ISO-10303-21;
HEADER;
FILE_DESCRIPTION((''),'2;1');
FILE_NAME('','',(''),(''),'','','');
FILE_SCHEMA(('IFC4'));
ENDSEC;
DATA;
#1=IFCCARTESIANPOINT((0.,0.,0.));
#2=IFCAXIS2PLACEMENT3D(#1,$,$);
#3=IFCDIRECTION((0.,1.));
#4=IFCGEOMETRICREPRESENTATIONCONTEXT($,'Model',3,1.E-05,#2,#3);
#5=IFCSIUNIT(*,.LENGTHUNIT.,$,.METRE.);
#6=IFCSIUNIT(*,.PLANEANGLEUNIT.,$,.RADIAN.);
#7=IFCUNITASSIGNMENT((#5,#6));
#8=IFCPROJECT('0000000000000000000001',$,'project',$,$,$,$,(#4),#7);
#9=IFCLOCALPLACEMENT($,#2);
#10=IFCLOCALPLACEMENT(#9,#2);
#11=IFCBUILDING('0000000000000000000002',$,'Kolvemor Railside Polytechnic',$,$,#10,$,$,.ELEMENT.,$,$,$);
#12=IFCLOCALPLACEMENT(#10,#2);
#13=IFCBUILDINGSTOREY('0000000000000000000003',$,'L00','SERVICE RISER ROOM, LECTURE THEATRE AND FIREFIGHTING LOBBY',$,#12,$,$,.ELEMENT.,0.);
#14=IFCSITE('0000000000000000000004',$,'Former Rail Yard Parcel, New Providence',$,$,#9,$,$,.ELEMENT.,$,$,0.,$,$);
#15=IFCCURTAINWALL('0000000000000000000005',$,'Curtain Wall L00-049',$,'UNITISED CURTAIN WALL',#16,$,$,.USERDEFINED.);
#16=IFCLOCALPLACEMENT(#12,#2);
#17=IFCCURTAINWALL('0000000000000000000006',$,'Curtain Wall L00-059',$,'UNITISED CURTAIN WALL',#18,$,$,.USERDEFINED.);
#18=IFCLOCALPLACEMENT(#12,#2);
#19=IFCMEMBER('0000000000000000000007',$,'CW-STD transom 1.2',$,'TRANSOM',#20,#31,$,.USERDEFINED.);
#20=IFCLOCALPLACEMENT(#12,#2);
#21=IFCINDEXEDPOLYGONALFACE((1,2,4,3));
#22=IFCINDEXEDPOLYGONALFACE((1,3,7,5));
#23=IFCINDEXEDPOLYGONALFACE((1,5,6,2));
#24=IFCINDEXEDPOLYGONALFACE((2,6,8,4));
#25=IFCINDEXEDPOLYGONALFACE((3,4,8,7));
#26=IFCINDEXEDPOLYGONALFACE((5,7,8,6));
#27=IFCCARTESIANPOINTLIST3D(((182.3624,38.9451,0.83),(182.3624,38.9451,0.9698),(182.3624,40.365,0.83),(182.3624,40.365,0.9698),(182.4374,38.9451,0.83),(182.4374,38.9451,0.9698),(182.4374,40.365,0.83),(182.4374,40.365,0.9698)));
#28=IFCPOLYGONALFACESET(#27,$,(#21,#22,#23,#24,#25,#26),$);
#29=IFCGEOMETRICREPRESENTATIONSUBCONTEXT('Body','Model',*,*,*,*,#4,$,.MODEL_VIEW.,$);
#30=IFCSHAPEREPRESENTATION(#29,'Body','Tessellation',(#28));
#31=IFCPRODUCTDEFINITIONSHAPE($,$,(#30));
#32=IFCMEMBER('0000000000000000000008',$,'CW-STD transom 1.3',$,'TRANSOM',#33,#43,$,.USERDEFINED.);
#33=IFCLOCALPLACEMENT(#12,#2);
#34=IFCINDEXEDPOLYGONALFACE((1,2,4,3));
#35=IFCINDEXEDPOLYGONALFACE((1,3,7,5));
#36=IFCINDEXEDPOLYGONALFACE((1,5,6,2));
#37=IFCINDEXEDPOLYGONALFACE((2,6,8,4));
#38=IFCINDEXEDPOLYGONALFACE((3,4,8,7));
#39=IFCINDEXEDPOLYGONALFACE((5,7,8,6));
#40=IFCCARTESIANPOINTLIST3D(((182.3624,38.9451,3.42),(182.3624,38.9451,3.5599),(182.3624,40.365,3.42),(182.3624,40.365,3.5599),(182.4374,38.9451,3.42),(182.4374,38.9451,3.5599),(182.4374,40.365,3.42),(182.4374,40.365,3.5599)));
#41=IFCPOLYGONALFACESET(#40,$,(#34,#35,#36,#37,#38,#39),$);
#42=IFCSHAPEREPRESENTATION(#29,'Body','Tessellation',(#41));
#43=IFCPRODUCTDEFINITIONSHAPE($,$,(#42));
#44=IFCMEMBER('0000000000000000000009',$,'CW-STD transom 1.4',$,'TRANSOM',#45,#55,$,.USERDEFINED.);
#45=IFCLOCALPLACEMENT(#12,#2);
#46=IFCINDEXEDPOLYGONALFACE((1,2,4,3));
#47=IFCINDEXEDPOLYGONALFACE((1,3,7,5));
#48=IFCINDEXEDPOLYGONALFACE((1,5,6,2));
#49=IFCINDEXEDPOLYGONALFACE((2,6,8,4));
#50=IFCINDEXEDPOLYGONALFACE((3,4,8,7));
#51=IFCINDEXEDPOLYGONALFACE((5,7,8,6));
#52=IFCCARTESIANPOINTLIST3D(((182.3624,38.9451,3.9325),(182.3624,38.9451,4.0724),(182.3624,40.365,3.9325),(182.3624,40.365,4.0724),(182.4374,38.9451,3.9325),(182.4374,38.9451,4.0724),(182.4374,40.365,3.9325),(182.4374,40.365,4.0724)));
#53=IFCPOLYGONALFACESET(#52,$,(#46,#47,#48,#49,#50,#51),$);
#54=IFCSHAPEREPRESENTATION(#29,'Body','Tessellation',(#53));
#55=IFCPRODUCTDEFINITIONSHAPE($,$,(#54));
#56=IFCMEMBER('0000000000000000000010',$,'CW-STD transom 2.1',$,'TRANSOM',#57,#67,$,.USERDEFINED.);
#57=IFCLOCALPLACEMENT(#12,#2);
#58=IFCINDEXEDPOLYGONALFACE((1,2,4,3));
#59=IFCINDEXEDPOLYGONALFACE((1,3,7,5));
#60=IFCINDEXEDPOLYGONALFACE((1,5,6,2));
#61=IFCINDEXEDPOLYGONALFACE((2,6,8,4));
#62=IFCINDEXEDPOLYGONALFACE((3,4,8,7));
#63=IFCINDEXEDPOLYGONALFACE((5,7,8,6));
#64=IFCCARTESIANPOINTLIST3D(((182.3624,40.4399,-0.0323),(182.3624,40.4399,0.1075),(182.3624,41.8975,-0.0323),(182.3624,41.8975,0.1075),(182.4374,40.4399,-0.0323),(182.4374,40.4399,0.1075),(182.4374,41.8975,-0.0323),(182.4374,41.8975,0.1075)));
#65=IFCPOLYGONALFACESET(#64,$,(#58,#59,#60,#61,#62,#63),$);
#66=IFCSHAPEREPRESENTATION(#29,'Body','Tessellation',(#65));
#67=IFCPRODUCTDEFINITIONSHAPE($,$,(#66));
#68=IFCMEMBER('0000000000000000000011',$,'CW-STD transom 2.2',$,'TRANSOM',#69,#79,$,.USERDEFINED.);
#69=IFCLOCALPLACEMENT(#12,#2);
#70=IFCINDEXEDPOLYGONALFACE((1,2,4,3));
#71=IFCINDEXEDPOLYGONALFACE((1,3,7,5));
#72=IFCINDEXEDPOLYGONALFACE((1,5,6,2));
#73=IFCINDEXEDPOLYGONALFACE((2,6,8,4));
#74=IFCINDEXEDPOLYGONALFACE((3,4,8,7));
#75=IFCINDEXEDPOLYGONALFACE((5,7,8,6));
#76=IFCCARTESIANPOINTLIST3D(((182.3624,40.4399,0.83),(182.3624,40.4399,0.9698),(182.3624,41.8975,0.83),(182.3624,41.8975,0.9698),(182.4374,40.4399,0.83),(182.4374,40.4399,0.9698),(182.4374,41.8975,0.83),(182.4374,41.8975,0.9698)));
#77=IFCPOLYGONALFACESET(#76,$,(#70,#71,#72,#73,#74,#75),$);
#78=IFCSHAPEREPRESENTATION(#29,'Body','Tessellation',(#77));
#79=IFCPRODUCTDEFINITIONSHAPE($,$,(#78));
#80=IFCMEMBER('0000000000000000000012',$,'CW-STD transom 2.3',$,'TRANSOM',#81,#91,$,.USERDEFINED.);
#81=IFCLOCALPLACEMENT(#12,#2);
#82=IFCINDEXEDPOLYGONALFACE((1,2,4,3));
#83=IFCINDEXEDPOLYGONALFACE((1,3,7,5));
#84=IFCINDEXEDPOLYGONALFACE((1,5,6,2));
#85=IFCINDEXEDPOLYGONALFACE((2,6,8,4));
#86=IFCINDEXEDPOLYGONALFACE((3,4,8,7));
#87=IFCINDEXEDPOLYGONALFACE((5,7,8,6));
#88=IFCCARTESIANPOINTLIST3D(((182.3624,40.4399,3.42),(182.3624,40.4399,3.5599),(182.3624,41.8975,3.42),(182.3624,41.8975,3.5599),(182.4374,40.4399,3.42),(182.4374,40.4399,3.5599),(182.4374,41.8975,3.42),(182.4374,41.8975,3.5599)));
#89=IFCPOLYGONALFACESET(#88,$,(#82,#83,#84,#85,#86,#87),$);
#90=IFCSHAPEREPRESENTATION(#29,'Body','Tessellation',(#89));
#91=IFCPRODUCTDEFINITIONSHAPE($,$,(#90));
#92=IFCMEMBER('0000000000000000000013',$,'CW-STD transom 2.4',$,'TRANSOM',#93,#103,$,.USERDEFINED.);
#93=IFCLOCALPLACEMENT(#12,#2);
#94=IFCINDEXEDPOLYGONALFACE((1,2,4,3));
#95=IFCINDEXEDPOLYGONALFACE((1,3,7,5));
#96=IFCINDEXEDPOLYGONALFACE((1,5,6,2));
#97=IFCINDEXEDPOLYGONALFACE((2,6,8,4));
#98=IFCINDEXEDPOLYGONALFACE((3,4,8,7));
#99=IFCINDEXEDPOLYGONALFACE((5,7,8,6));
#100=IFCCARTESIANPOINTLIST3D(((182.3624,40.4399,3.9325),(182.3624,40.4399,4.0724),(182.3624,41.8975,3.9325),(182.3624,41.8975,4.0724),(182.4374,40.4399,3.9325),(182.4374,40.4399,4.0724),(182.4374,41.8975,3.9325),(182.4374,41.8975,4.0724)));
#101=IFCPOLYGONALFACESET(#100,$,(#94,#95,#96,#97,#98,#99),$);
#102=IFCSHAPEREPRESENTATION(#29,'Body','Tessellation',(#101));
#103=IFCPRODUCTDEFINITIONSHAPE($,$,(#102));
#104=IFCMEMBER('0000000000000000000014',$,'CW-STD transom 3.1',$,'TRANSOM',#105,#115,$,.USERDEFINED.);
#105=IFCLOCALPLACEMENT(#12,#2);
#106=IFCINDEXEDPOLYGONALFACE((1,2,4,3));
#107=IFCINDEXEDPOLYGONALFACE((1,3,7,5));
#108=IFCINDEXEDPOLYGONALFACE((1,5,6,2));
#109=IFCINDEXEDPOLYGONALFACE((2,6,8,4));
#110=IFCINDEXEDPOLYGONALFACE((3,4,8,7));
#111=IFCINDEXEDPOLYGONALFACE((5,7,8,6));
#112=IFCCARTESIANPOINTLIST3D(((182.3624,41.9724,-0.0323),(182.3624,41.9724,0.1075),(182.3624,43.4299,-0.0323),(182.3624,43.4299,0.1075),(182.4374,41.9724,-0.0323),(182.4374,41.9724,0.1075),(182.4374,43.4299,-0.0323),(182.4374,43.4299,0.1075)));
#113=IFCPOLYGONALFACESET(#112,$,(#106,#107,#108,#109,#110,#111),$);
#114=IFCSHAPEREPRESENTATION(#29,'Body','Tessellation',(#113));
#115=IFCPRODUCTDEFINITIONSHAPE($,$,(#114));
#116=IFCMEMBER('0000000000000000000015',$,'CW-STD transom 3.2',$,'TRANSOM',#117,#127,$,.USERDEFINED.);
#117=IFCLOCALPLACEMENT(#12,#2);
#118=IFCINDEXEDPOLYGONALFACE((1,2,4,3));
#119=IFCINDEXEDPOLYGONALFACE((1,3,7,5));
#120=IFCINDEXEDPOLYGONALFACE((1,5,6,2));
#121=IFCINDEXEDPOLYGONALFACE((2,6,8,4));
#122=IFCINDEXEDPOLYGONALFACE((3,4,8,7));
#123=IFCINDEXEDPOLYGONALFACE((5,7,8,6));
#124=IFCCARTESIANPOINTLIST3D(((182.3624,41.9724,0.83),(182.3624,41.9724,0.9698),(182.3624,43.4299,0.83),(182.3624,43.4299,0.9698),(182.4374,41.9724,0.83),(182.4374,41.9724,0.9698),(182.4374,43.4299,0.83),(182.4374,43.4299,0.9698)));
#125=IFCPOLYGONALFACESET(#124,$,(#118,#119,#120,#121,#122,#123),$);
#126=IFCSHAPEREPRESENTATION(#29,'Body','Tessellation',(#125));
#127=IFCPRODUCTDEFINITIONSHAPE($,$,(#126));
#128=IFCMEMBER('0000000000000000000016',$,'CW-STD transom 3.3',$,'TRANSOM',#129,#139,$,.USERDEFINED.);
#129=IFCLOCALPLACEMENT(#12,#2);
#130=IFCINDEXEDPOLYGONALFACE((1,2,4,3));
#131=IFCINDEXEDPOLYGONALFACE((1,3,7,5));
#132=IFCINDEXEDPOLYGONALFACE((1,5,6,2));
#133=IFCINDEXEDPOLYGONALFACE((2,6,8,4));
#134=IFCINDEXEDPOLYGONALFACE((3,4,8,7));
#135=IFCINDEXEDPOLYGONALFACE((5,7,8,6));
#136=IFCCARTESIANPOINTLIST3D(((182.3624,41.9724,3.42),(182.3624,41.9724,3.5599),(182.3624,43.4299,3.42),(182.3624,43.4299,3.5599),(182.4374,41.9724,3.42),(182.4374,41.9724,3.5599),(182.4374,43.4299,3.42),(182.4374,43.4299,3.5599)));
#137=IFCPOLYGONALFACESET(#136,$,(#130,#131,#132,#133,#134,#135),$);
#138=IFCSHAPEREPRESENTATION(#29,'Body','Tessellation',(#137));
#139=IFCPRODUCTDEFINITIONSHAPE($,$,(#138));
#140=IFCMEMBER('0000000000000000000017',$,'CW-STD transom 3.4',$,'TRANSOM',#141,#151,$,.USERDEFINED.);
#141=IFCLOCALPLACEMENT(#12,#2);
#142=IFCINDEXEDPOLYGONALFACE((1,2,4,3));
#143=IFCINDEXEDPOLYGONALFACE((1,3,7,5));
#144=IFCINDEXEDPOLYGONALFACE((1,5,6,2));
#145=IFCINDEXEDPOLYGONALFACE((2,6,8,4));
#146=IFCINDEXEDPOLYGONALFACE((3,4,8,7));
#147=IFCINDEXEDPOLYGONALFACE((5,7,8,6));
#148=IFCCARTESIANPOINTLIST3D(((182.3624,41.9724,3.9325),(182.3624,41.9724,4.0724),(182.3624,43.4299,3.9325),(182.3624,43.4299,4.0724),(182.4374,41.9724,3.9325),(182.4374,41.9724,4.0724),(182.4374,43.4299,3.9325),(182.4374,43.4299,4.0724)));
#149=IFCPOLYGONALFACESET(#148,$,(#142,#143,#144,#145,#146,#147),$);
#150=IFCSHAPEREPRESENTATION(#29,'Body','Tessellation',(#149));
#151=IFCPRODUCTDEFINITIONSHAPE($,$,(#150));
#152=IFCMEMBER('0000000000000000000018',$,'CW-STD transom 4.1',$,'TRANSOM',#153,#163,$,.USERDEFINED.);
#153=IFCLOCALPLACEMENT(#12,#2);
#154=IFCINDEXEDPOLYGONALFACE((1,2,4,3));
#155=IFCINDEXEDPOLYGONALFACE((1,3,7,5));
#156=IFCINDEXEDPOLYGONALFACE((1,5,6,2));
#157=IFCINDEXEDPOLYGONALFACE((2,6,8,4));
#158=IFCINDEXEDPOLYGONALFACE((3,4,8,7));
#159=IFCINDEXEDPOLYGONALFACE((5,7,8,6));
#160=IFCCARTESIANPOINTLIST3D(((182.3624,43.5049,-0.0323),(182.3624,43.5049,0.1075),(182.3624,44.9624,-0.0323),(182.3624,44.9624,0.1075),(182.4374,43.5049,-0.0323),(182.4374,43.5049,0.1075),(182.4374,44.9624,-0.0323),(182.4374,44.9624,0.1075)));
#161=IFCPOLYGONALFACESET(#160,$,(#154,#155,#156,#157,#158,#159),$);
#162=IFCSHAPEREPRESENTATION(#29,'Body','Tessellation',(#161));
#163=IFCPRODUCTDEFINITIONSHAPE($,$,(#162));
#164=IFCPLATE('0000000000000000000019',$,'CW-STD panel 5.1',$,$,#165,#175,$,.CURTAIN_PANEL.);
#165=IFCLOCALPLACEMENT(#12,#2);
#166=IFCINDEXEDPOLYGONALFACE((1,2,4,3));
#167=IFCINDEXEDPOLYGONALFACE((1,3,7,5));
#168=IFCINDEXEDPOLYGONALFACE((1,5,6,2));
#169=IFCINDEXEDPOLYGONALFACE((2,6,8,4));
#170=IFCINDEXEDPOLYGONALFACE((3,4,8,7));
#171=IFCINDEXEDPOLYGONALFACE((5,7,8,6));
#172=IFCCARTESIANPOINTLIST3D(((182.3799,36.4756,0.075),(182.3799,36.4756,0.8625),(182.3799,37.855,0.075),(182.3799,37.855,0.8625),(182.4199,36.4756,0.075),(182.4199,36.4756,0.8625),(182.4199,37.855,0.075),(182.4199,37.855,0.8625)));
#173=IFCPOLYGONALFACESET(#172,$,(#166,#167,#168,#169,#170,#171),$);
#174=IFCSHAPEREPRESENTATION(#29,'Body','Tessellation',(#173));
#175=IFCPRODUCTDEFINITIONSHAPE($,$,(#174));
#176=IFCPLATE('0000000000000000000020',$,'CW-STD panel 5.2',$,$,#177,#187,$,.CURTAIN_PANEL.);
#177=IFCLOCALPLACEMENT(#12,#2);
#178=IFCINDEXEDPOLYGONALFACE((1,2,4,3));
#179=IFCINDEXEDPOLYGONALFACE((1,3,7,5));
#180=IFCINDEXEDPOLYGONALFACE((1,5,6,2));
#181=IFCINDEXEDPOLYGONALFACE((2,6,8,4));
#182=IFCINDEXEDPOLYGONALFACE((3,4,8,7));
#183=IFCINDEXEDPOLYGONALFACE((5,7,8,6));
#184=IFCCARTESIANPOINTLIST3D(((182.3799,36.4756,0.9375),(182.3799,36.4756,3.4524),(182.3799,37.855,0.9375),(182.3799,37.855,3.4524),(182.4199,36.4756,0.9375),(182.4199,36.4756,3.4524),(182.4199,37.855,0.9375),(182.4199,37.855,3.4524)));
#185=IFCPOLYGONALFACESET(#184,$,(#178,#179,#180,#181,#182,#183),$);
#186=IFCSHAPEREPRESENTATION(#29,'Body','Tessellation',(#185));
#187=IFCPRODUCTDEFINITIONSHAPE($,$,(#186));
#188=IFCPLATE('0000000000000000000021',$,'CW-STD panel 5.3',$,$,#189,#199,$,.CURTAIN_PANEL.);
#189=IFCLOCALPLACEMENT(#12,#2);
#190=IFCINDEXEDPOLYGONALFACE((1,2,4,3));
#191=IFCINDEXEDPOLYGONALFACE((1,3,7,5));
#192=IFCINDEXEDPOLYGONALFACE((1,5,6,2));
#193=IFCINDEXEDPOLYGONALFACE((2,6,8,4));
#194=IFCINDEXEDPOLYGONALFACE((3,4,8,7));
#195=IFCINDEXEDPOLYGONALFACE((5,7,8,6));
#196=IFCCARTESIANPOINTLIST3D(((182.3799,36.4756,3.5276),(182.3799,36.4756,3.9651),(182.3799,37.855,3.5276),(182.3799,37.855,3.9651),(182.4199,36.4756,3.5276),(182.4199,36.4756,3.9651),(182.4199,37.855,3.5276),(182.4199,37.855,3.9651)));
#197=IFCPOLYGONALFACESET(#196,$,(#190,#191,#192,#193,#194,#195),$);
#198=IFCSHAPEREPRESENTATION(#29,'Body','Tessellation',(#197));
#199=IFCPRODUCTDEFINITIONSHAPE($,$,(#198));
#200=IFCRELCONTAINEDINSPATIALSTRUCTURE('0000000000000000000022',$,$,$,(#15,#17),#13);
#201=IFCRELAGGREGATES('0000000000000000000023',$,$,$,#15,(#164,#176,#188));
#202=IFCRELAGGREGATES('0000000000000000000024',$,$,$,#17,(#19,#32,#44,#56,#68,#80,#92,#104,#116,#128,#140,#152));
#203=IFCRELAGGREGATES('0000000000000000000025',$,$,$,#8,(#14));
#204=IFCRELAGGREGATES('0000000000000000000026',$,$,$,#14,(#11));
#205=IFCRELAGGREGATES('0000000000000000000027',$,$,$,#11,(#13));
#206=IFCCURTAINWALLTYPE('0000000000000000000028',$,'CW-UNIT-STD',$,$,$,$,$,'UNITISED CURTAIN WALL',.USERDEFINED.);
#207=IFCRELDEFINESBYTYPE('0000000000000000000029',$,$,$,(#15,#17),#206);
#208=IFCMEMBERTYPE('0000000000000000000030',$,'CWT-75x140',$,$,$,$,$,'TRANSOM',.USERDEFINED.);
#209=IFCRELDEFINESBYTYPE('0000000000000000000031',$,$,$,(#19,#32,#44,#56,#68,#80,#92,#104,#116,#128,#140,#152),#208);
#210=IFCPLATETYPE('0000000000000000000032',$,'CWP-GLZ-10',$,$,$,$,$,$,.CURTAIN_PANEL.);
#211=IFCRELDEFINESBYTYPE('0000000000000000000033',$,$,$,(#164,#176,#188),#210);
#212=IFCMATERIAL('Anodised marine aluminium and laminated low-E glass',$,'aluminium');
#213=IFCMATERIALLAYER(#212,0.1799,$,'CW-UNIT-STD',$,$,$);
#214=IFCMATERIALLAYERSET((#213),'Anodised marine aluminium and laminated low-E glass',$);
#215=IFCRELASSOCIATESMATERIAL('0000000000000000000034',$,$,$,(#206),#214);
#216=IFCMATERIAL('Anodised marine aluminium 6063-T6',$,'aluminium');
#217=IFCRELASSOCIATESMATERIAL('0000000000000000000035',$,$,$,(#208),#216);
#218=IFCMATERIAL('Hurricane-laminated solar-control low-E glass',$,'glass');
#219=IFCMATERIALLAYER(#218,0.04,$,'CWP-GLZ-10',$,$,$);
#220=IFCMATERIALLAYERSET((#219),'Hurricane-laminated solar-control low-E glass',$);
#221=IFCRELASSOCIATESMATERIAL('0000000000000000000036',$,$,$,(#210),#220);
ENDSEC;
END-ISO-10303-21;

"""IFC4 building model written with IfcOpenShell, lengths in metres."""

from ifc_helpers import new_model, si_unit, direction, frame, origin, origin_2d, place, context, subcontext, project, spatial, rectangle, extrude, material, layer, layer_set, material_profile, profile_set, type_object, element, aggregate, save


model = new_model("IFC4")

# Units and contexts
model_context = context("Model", 3, precision=1e-05, world=origin(), true_north=direction((0.0, 1.0)))
body_context = subcontext(model_context, "Body", "Model", "MODEL_VIEW")
ifc_project = project(units=[si_unit("LENGTHUNIT", "METRE"), si_unit("PLANEANGLEUNIT", "RADIAN")], contexts=[model_context])

# Site, building, storey
site_placement = place(None, origin())
site = spatial("IfcSite", under=ifc_project, at=site_placement, Name="Former Rail Yard Parcel, New Providence", CompositionType="ELEMENT", RefElevation=0.0)
building_placement = place(site_placement, origin())
building = spatial("IfcBuilding", under=site, at=building_placement, Name="Kolvemor Railside Polytechnic", CompositionType="ELEMENT")
storey_placement = place(building_placement, origin())
storey = spatial("IfcBuildingStorey", under=building, at=storey_placement, Name="L00", Description="SERVICE RISER ROOM, LECTURE THEATRE AND FIREFIGHTING LOBBY", CompositionType="ELEMENT", Elevation=0.0)

# Curtain wall
ifc_material_1 = material(Name="Anodised marine aluminium and laminated low-E glass", Category="aluminium")
ifc_layer_1 = layer(ifc_material_1, 0.1799, Name="CW-UNIT-STD")
ifc_layer_set_1 = layer_set([ifc_layer_1], Name="Anodised marine aluminium and laminated low-E glass")
curtain_wall_type = type_object("IfcCurtainWallType", Name="CW-UNIT-STD", ElementType="UNITISED CURTAIN WALL", PredefinedType="USERDEFINED", material=ifc_layer_set_1)
curtain_wall_1_placement = place(storey_placement, origin())
curtain_wall_1 = element("IfcCurtainWall", 1, at=curtain_wall_1_placement, inside=storey, type_object=curtain_wall_type, Name="Curtain Wall L00-049", ObjectType="UNITISED CURTAIN WALL", PredefinedType="USERDEFINED")

# Curtain wall, members
curtain_wall_2_placement = place(storey_placement, origin())
curtain_wall_2 = element("IfcCurtainWall", 2, at=curtain_wall_2_placement, inside=storey, type_object=curtain_wall_type, Name="Curtain Wall L00-059", ObjectType="UNITISED CURTAIN WALL", PredefinedType="USERDEFINED")
ifc_material_2 = material(Name="Anodised marine aluminium 6063-T6", Category="aluminium")
ifc_material_profile_1 = material_profile(ifc_material_2, rectangle(XDim=0.075, YDim=0.1399, at=origin_2d()), Name="CW-TRN-75x140")
ifc_profile_set_1 = profile_set([ifc_material_profile_1], Name="Anodised marine aluminium 6063-T6")
member_type_1 = type_object("IfcMemberType", Name="CWT-75x140", ElementType="TRANSOM", PredefinedType="USERDEFINED", material=ifc_profile_set_1)
member_1_placement = place(storey_placement, frame((182.3999, 38.9451, 0.8999), z_axis=(0.0, 1.0, 0.0), x_axis=(-1.0, 0.0, 0.0)))
member_1 = element("IfcMember", 3, at=member_1_placement, type_object=member_type_1, Name="CW-STD transom 1.2", ObjectType="TRANSOM", PredefinedType="USERDEFINED", context=body_context, shape_type="SweptSolid", body=[
    extrude(rectangle(XDim=0.075, YDim=0.1399, at=origin_2d()), origin(), (0.0, 0.0, 1.0), 1.4199),
])
member_2_placement = place(storey_placement, frame((182.3999, 38.9451, 3.49), z_axis=(0.0, 1.0, 0.0), x_axis=(-1.0, 0.0, 0.0)))
member_2 = element("IfcMember", 4, at=member_2_placement, type_object=member_type_1, Name="CW-STD transom 1.3", ObjectType="TRANSOM", PredefinedType="USERDEFINED", context=body_context, shape_type="SweptSolid", body=[
    extrude(rectangle(XDim=0.075, YDim=0.1399, at=origin_2d()), origin(), (0.0, 0.0, 1.0), 1.4199),
])
member_3_placement = place(storey_placement, frame((182.3999, 38.9451, 4.0024), z_axis=(0.0, 1.0, 0.0), x_axis=(-1.0, 0.0, 0.0)))
member_3 = element("IfcMember", 5, at=member_3_placement, type_object=member_type_1, Name="CW-STD transom 1.4", ObjectType="TRANSOM", PredefinedType="USERDEFINED", context=body_context, shape_type="SweptSolid", body=[
    extrude(rectangle(XDim=0.075, YDim=0.1399, at=origin_2d()), origin(), (0.0, 0.0, 1.0), 1.4199),
])
member_4_placement = place(storey_placement, frame((182.3999, 40.4399, 0.0376), z_axis=(0.0, 1.0, 0.0), x_axis=(-1.0, 0.0, 0.0)))
member_4 = element("IfcMember", 6, at=member_4_placement, type_object=member_type_1, Name="CW-STD transom 2.1", ObjectType="TRANSOM", PredefinedType="USERDEFINED", context=body_context, shape_type="SweptSolid", body=[
    extrude(rectangle(XDim=0.075, YDim=0.1399, at=origin_2d()), origin(), (0.0, 0.0, 1.0), 1.4575),
])
member_5_placement = place(storey_placement, frame((182.3999, 40.4399, 0.8999), z_axis=(0.0, 1.0, 0.0), x_axis=(-1.0, 0.0, 0.0)))
member_5 = element("IfcMember", 7, at=member_5_placement, type_object=member_type_1, Name="CW-STD transom 2.2", ObjectType="TRANSOM", PredefinedType="USERDEFINED", context=body_context, shape_type="SweptSolid", body=[
    extrude(rectangle(XDim=0.075, YDim=0.1399, at=origin_2d()), origin(), (0.0, 0.0, 1.0), 1.4575),
])
member_6_placement = place(storey_placement, frame((182.3999, 40.4399, 3.49), z_axis=(0.0, 1.0, 0.0), x_axis=(-1.0, 0.0, 0.0)))
member_6 = element("IfcMember", 8, at=member_6_placement, type_object=member_type_1, Name="CW-STD transom 2.3", ObjectType="TRANSOM", PredefinedType="USERDEFINED", context=body_context, shape_type="SweptSolid", body=[
    extrude(rectangle(XDim=0.075, YDim=0.1399, at=origin_2d()), origin(), (0.0, 0.0, 1.0), 1.4575),
])
member_7_placement = place(storey_placement, frame((182.3999, 40.4399, 4.0024), z_axis=(0.0, 1.0, 0.0), x_axis=(-1.0, 0.0, 0.0)))
member_7 = element("IfcMember", 9, at=member_7_placement, type_object=member_type_1, Name="CW-STD transom 2.4", ObjectType="TRANSOM", PredefinedType="USERDEFINED", context=body_context, shape_type="SweptSolid", body=[
    extrude(rectangle(XDim=0.075, YDim=0.1399, at=origin_2d()), origin(), (0.0, 0.0, 1.0), 1.4575),
])
member_8_placement = place(storey_placement, frame((182.3999, 41.9724, 0.0376), z_axis=(0.0, 1.0, 0.0), x_axis=(-1.0, 0.0, 0.0)))
member_8 = element("IfcMember", 10, at=member_8_placement, type_object=member_type_1, Name="CW-STD transom 3.1", ObjectType="TRANSOM", PredefinedType="USERDEFINED", context=body_context, shape_type="SweptSolid", body=[
    extrude(rectangle(XDim=0.075, YDim=0.1399, at=origin_2d()), origin(), (0.0, 0.0, 1.0), 1.4575),
])
member_9_placement = place(storey_placement, frame((182.3999, 41.9724, 0.8999), z_axis=(0.0, 1.0, 0.0), x_axis=(-1.0, 0.0, 0.0)))
member_9 = element("IfcMember", 11, at=member_9_placement, type_object=member_type_1, Name="CW-STD transom 3.2", ObjectType="TRANSOM", PredefinedType="USERDEFINED", context=body_context, shape_type="SweptSolid", body=[
    extrude(rectangle(XDim=0.075, YDim=0.1399, at=origin_2d()), origin(), (0.0, 0.0, 1.0), 1.4575),
])
member_10_placement = place(storey_placement, frame((182.3999, 41.9724, 3.49), z_axis=(0.0, 1.0, 0.0), x_axis=(-1.0, 0.0, 0.0)))
member_10 = element("IfcMember", 12, at=member_10_placement, type_object=member_type_1, Name="CW-STD transom 3.3", ObjectType="TRANSOM", PredefinedType="USERDEFINED", context=body_context, shape_type="SweptSolid", body=[
    extrude(rectangle(XDim=0.075, YDim=0.1399, at=origin_2d()), origin(), (0.0, 0.0, 1.0), 1.4575),
])
member_11_placement = place(storey_placement, frame((182.3999, 41.9724, 4.0024), z_axis=(0.0, 1.0, 0.0), x_axis=(-1.0, 0.0, 0.0)))
member_11 = element("IfcMember", 13, at=member_11_placement, type_object=member_type_1, Name="CW-STD transom 3.4", ObjectType="TRANSOM", PredefinedType="USERDEFINED", context=body_context, shape_type="SweptSolid", body=[
    extrude(rectangle(XDim=0.075, YDim=0.1399, at=origin_2d()), origin(), (0.0, 0.0, 1.0), 1.4575),
])
member_12_placement = place(storey_placement, frame((182.3999, 43.5049, 0.0376), z_axis=(0.0, 1.0, 0.0), x_axis=(-1.0, 0.0, 0.0)))
member_12 = element("IfcMember", 14, at=member_12_placement, type_object=member_type_1, Name="CW-STD transom 4.1", ObjectType="TRANSOM", PredefinedType="USERDEFINED", context=body_context, shape_type="SweptSolid", body=[
    extrude(rectangle(XDim=0.075, YDim=0.1399, at=origin_2d()), origin(), (0.0, 0.0, 1.0), 1.4575),
])

# Plates
ifc_material_3 = material(Name="Hurricane-laminated solar-control low-E glass", Category="glass")
ifc_layer_2 = layer(ifc_material_3, 0.04, Name="CWP-GLZ-10")
ifc_layer_set_2 = layer_set([ifc_layer_2], Name="Hurricane-laminated solar-control low-E glass")
plate_type_1 = type_object("IfcPlateType", Name="CWP-GLZ-10", PredefinedType="CURTAIN_PANEL", material=ifc_layer_set_2)
plate_1_placement = place(storey_placement, frame((182.3999, 37.1653, 0.075), z_axis=(0.0, 0.0, 1.0), x_axis=(0.0, 1.0, 0.0)))
plate_1 = element("IfcPlate", 15, at=plate_1_placement, type_object=plate_type_1, Name="CW-STD panel 5.1", PredefinedType="CURTAIN_PANEL", context=body_context, shape_type="SweptSolid", body=[
    extrude(rectangle(XDim=1.3794, YDim=0.04, at=origin_2d()), origin(), (0.0, 0.0, 1.0), 0.7876),
])
plate_2_placement = place(storey_placement, frame((182.3999, 37.1653, 0.9375), z_axis=(0.0, 0.0, 1.0), x_axis=(0.0, 1.0, 0.0)))
plate_2 = element("IfcPlate", 16, at=plate_2_placement, type_object=plate_type_1, Name="CW-STD panel 5.2", PredefinedType="CURTAIN_PANEL", context=body_context, shape_type="SweptSolid", body=[
    extrude(rectangle(XDim=1.3794, YDim=0.04, at=origin_2d()), origin(), (0.0, 0.0, 1.0), 2.5149),
])
plate_3_placement = place(storey_placement, frame((182.3999, 37.1653, 3.5276), z_axis=(0.0, 0.0, 1.0), x_axis=(0.0, 1.0, 0.0)))
plate_3 = element("IfcPlate", 17, at=plate_3_placement, type_object=plate_type_1, Name="CW-STD panel 5.3", PredefinedType="CURTAIN_PANEL", context=body_context, shape_type="SweptSolid", body=[
    extrude(rectangle(XDim=1.3794, YDim=0.04, at=origin_2d()), origin(), (0.0, 0.0, 1.0), 0.4375),
])
aggregate(curtain_wall_1, [plate_1, plate_2, plate_3])
aggregate(curtain_wall_2, [member_1, member_2, member_3, member_4, member_5, member_6, member_7, member_8, member_9, member_10, member_11, member_12])

save(model, "model.ifc")
